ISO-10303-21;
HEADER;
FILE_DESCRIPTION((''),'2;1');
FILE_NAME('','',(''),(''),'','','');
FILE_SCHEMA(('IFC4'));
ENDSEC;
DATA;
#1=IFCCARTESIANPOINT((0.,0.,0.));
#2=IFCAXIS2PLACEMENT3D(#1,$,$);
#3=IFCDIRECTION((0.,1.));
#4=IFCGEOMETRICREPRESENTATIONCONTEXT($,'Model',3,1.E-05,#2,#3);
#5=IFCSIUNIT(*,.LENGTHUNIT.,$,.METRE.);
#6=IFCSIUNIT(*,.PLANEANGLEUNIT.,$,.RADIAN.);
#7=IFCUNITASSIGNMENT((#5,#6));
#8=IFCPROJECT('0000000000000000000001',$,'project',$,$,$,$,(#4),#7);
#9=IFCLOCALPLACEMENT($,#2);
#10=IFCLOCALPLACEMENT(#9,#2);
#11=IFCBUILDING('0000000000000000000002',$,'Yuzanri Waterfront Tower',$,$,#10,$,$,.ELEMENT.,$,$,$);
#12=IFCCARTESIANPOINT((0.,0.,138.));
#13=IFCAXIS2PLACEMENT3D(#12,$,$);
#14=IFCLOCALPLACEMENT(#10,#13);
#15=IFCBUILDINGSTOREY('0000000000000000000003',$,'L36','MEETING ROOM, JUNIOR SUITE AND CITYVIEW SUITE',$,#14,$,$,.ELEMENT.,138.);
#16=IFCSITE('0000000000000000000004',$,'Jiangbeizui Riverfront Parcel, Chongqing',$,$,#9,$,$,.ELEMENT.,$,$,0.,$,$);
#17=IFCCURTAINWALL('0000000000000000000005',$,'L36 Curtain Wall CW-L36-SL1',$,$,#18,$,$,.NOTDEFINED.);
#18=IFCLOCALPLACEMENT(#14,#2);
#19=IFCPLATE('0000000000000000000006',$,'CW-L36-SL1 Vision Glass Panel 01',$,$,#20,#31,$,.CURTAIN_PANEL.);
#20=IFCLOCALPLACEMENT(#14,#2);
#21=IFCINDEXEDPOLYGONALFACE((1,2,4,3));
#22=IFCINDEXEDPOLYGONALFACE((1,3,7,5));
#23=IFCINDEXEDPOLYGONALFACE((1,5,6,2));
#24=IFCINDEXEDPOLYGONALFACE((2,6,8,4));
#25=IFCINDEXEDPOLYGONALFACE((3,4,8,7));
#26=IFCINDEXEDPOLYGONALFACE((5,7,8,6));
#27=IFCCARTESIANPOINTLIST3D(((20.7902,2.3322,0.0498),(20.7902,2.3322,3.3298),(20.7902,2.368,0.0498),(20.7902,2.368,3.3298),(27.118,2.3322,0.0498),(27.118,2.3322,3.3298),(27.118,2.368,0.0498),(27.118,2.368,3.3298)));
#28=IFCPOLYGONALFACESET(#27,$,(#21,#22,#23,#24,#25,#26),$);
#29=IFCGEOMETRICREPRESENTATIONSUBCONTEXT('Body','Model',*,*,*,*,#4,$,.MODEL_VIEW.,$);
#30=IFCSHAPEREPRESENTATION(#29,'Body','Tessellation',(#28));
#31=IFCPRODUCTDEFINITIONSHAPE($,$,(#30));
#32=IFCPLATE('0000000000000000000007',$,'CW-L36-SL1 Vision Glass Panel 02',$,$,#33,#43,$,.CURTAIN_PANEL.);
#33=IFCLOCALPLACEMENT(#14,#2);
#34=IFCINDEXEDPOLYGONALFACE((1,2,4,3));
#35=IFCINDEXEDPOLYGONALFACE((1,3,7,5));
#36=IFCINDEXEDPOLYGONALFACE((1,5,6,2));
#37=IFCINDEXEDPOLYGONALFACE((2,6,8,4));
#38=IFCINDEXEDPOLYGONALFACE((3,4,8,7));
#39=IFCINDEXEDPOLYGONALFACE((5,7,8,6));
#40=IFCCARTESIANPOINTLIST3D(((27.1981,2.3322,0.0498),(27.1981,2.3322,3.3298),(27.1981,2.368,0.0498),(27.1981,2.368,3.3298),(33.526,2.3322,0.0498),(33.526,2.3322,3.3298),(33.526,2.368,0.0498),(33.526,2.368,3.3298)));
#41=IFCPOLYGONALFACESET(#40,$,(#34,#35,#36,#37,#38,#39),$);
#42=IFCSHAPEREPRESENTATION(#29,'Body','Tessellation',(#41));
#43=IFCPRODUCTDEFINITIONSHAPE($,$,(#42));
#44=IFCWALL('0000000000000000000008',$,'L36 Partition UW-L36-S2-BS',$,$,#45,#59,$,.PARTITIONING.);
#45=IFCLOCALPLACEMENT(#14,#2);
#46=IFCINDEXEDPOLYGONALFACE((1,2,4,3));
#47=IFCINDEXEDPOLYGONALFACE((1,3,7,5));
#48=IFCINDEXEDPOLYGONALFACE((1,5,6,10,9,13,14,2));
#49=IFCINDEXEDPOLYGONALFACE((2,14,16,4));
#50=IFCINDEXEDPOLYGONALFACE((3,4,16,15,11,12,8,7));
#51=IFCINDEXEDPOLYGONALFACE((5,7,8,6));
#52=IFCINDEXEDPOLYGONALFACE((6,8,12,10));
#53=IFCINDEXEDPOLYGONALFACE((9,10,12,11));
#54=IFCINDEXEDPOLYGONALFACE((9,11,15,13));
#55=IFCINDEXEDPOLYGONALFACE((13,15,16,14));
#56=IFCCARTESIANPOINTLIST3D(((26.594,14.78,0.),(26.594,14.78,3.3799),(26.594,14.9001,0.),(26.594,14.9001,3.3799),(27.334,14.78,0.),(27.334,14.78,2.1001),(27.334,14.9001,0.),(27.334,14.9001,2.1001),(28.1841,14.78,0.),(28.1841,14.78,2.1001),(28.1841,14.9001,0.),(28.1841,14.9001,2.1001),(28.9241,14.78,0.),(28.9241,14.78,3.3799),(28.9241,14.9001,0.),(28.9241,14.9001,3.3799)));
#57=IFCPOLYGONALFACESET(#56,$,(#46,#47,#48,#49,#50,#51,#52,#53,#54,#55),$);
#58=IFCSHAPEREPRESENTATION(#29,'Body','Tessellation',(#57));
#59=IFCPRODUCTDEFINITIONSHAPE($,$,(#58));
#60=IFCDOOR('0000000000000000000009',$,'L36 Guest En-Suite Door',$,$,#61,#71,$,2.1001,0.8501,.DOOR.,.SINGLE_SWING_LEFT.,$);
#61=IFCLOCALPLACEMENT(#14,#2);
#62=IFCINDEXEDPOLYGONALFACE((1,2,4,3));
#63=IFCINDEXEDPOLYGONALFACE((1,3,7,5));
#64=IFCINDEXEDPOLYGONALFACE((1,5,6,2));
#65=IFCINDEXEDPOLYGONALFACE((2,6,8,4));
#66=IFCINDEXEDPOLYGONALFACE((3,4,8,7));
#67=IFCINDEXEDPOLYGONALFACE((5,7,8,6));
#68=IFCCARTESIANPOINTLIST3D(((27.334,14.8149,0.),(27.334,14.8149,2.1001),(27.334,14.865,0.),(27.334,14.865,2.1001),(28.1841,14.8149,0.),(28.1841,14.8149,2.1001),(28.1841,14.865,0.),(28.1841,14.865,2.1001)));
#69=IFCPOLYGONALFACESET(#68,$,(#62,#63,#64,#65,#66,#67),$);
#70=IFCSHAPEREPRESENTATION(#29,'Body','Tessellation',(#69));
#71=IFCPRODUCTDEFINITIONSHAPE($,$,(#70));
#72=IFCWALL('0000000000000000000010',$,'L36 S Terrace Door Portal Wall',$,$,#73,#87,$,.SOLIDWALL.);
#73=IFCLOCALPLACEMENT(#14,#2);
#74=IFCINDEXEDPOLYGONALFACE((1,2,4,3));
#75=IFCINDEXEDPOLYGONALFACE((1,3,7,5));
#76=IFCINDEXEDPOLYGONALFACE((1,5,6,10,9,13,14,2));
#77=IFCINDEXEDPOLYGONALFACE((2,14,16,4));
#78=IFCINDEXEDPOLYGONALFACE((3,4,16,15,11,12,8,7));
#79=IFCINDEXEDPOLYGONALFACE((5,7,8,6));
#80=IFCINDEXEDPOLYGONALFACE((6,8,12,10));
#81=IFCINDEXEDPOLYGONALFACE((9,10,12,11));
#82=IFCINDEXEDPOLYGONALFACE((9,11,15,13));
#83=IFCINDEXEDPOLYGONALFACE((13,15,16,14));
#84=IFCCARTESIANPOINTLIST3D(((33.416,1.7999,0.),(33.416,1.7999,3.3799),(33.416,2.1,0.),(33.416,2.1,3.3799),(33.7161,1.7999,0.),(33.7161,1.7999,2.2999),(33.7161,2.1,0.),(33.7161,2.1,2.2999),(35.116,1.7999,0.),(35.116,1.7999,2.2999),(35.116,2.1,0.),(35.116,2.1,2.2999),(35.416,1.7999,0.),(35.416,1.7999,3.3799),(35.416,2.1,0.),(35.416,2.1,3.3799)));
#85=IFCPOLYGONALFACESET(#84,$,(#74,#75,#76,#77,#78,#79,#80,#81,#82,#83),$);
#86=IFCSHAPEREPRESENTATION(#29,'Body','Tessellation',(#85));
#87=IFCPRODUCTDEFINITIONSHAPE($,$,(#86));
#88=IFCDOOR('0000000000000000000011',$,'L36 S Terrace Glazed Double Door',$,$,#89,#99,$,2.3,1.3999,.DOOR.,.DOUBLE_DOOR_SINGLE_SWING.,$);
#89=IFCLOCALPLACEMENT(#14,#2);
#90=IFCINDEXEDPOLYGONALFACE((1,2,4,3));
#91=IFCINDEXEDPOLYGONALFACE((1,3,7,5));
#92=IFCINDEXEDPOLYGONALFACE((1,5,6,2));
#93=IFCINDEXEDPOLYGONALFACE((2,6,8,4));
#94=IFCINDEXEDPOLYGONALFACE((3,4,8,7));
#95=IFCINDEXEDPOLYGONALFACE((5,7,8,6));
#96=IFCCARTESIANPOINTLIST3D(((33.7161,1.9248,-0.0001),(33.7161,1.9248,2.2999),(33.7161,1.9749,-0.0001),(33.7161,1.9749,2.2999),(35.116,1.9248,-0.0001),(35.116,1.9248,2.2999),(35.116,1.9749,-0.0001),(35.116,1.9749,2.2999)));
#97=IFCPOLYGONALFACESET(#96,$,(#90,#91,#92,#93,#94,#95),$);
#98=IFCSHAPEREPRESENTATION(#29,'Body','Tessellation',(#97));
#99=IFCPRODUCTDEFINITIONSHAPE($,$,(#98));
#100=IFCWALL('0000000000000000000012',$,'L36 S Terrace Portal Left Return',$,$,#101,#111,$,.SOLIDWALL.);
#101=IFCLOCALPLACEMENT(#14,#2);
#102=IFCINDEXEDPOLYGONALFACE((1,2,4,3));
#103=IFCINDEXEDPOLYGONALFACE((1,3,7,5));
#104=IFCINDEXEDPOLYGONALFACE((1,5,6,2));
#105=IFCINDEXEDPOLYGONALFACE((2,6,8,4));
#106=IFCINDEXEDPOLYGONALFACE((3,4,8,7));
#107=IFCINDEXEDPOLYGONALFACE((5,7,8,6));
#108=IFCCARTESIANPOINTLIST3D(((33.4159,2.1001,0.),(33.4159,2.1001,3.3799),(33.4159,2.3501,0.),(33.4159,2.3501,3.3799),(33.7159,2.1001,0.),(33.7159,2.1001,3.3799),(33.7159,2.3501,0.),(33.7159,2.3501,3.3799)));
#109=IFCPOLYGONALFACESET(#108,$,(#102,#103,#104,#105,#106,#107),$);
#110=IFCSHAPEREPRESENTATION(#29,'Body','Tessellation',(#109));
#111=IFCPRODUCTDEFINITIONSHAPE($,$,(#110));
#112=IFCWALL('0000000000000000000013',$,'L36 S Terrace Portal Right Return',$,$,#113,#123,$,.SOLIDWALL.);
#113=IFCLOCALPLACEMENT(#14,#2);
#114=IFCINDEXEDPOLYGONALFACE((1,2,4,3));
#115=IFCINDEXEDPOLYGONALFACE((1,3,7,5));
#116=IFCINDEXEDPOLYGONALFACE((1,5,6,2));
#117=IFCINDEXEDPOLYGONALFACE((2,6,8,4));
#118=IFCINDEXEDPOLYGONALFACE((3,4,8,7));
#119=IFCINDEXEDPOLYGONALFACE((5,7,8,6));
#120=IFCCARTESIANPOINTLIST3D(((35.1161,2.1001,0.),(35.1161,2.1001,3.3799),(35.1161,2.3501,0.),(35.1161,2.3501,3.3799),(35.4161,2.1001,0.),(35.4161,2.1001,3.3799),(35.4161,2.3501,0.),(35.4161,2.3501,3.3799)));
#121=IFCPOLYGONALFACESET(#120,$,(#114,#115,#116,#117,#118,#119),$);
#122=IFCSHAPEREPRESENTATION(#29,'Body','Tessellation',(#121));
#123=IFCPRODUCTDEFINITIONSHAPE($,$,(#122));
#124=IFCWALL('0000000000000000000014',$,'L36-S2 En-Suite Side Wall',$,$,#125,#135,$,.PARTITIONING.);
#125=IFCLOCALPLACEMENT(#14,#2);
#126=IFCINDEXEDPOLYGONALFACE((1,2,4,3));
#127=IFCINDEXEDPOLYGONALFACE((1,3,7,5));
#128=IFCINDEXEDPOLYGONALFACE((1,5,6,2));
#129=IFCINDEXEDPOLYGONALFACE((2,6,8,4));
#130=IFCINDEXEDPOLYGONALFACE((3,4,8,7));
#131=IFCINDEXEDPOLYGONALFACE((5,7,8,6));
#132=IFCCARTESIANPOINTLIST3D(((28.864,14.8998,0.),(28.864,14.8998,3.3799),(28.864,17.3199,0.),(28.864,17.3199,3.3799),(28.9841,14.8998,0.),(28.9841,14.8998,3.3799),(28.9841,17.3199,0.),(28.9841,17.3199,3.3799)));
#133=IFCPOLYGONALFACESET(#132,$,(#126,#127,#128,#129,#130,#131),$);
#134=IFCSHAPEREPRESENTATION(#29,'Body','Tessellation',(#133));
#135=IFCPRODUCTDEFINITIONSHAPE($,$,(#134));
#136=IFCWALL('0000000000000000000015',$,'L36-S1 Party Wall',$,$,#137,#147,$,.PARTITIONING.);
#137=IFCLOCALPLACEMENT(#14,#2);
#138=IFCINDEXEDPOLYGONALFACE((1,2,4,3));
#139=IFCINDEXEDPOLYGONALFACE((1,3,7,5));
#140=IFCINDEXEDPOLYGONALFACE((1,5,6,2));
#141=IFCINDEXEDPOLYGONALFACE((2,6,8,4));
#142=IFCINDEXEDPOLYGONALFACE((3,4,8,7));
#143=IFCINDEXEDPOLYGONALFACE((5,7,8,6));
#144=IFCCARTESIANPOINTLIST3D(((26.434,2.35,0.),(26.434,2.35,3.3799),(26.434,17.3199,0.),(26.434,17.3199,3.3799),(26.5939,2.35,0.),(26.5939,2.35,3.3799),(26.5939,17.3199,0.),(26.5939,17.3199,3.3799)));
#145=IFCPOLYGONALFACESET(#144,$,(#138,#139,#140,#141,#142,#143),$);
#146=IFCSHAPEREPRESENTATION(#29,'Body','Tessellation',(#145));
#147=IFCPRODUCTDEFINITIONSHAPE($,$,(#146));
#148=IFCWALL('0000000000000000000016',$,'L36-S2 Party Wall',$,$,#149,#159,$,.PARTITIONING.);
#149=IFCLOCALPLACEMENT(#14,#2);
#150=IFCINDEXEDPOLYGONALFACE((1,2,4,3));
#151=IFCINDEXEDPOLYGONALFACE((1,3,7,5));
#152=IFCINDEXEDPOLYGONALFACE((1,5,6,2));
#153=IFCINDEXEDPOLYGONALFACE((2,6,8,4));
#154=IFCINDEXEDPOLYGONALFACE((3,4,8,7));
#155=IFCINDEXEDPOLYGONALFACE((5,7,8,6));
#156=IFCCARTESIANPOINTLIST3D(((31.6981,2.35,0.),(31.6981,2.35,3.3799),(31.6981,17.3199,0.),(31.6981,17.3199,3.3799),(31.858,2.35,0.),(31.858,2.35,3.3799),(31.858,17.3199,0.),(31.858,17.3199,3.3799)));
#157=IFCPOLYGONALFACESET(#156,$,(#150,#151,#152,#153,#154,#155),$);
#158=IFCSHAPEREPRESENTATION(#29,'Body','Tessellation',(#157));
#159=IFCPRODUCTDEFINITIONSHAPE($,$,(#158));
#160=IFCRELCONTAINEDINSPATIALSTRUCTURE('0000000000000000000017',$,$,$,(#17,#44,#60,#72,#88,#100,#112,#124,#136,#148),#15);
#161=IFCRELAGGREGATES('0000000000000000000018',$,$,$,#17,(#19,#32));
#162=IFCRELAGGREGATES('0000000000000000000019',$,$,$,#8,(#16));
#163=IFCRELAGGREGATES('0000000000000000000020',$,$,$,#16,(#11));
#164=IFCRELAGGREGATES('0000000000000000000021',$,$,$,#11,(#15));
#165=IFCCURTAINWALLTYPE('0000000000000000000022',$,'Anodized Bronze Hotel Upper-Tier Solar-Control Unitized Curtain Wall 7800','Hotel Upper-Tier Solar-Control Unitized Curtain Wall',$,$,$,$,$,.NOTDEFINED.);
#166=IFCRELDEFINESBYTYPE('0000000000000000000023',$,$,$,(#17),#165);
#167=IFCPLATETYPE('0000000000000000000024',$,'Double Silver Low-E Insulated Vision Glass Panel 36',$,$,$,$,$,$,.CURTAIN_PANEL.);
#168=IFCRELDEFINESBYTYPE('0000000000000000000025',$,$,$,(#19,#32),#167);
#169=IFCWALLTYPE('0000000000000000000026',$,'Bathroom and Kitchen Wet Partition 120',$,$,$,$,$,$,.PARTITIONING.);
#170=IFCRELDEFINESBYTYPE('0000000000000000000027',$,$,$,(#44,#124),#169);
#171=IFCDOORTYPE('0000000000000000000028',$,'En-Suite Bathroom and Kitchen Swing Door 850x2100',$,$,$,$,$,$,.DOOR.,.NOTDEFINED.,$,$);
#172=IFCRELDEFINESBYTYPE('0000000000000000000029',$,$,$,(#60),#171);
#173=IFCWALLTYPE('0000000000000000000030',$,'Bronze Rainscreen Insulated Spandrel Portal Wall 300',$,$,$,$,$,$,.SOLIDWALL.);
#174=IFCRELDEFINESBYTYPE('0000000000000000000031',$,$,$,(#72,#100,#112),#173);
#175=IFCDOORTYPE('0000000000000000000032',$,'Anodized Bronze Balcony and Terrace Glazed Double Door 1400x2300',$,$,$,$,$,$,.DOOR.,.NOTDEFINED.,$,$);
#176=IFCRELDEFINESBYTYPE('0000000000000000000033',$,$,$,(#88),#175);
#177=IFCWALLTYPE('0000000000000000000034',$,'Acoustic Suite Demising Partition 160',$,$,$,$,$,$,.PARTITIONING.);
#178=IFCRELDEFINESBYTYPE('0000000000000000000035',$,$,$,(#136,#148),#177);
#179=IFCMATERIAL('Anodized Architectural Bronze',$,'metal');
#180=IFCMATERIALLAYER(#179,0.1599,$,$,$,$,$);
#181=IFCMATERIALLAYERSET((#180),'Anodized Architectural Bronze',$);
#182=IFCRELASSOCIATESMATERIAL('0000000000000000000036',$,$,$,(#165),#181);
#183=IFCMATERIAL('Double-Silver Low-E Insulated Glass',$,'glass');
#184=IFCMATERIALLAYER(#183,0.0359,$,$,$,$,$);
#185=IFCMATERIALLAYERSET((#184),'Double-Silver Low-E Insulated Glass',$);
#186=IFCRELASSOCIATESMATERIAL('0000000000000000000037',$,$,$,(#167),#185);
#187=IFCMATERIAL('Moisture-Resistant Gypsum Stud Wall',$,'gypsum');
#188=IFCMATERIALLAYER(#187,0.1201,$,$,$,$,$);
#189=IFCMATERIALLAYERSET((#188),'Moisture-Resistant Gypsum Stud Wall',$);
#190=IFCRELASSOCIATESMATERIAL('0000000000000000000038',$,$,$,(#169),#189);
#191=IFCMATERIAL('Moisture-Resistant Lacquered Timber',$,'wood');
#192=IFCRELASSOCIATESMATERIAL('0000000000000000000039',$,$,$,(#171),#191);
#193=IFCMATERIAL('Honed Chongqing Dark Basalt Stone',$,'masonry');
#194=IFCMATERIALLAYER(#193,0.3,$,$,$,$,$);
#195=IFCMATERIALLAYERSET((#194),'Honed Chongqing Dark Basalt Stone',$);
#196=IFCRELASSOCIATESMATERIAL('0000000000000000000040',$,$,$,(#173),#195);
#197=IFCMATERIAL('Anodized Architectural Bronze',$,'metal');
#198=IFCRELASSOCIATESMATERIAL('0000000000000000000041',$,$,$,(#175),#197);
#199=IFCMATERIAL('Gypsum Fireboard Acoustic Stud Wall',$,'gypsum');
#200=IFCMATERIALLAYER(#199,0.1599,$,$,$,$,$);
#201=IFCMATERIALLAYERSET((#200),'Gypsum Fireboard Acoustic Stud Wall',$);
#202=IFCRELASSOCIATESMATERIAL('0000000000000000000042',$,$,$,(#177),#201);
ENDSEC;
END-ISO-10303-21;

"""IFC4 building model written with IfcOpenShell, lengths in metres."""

from ifc_helpers import new_model, si_unit, direction, frame, frame_2d, origin, origin_2d, place, context, subcontext, project, spatial, rectangle, extrude, source, transform, mapped, material, layer, layer_set, type_object, element, fill, aggregate, save


model = new_model("IFC4")

# Units and contexts
model_context = context("Model", 3, precision=1e-05, world=origin(), true_north=direction((0.0, 1.0)))
body_context = subcontext(model_context, "Body", "Model", "MODEL_VIEW")
ifc_project = project(units=[si_unit("LENGTHUNIT", "METRE"), si_unit("PLANEANGLEUNIT", "RADIAN")], contexts=[model_context])

# Site, building, storey
site_placement = place(None, origin())
site = spatial("IfcSite", under=ifc_project, at=site_placement, Name="Jiangbeizui Riverfront Parcel, Chongqing", CompositionType="ELEMENT", RefElevation=0.0)
building_placement = place(site_placement, origin())
building = spatial("IfcBuilding", under=site, at=building_placement, Name="Yuzanri Waterfront Tower", CompositionType="ELEMENT")
storey_placement = place(building_placement, frame((0.0, 0.0, 138.0)))
storey = spatial("IfcBuildingStorey", under=building, at=storey_placement, Name="L36", Description="MEETING ROOM, JUNIOR SUITE AND CITYVIEW SUITE", CompositionType="ELEMENT", Elevation=138.0)

# Curtain wall
ifc_material_1 = material(Name="Anodized Architectural Bronze", Category="metal")
ifc_layer_1 = layer(ifc_material_1, 0.1599)
ifc_layer_set_1 = layer_set([ifc_layer_1], Name="Anodized Architectural Bronze")
curtain_wall_type = type_object("IfcCurtainWallType", Name="Anodized Bronze Hotel Upper-Tier Solar-Control Unitized Curtain Wall 7800", Description="Hotel Upper-Tier Solar-Control Unitized Curtain Wall", PredefinedType="NOTDEFINED", material=ifc_layer_set_1)
curtain_wall_1_placement = place(storey_placement, origin())
curtain_wall_1 = element("IfcCurtainWall", 1, at=curtain_wall_1_placement, inside=storey, type_object=curtain_wall_type, Name="L36 Curtain Wall CW-L36-SL1", PredefinedType="NOTDEFINED")

# Plates
ifc_material_2 = material(Name="Double-Silver Low-E Insulated Glass", Category="glass")
ifc_layer_2 = layer(ifc_material_2, 0.0359)
ifc_layer_set_2 = layer_set([ifc_layer_2], Name="Double-Silver Low-E Insulated Glass")
plate_type = type_object("IfcPlateType", Name="Double Silver Low-E Insulated Vision Glass Panel 36", PredefinedType="CURTAIN_PANEL", material=ifc_layer_set_2)
shared_shape_1 = source(origin(), body_context, "Body", "SweptSolid", [
    extrude(rectangle(XDim=6.3279, YDim=0.0359, at=origin_2d()), origin(), (0.0, 0.0, 1.0), 3.28),
])
plate_1_placement = place(storey_placement, frame((23.9541, 2.3501, 0.0498), z_axis=(0.0, 0.0, 1.0), x_axis=(1.0, 0.0, 0.0)))
plate_1 = element("IfcPlate", 2, at=plate_1_placement, type_object=plate_type, Name="CW-L36-SL1 Vision Glass Panel 01", PredefinedType="CURTAIN_PANEL", context=body_context, shape_type="MappedRepresentation", body=[
    mapped(shared_shape_1, transform((0.0, 0.0, 0.0), scale=1.0)),
])
plate_2_placement = place(storey_placement, frame((30.3621, 2.3501, 0.0498), z_axis=(0.0, 0.0, 1.0), x_axis=(1.0, 0.0, 0.0)))
plate_2 = element("IfcPlate", 3, at=plate_2_placement, type_object=plate_type, Name="CW-L36-SL1 Vision Glass Panel 02", PredefinedType="CURTAIN_PANEL", context=body_context, shape_type="MappedRepresentation", body=[
    mapped(shared_shape_1, transform((0.0, 0.0, 0.0), scale=1.0)),
])
aggregate(curtain_wall_1, [plate_1, plate_2])

# Walls, openings, doors
ifc_material_3 = material(Name="Moisture-Resistant Gypsum Stud Wall", Category="gypsum")
ifc_layer_3 = layer(ifc_material_3, 0.1201)
ifc_layer_set_3 = layer_set([ifc_layer_3], Name="Moisture-Resistant Gypsum Stud Wall")
wall_type_1 = type_object("IfcWallType", Name="Bathroom and Kitchen Wet Partition 120", PredefinedType="PARTITIONING", material=ifc_layer_set_3)
wall_1_placement = place(storey_placement, frame((26.594, 14.8401, 0.0), z_axis=(0.0, 0.0, 1.0), x_axis=(1.0, 0.0, 0.0)))
wall_1 = element("IfcWall", 4, at=wall_1_placement, inside=storey, type_object=wall_type_1, Name="L36 Partition UW-L36-S2-BS", PredefinedType="PARTITIONING", context=body_context, shape_type="SweptSolid", body=[
    extrude(rectangle(XDim=2.3301, YDim=0.1201, at=frame_2d((1.165, 0.0))), origin(), (0.0, 0.0, 1.0), 3.3799),
])
opening_1_placement = place(wall_1_placement, frame((0.74, 0.0, 0.0)))
opening_1 = element("IfcOpeningElement", 5, at=opening_1_placement, cuts=wall_1, PredefinedType="OPENING", context=body_context, shape_type="SweptSolid", body=[
    extrude(rectangle(XDim=0.8501, YDim=2.1001, at=frame_2d((0.425, 1.05))), frame((0.0, 0.075, 0.0), z_axis=(0.0, -1.0, 0.0), x_axis=(1.0, 0.0, 0.0)), (0.0, 0.0, 1.0), 0.1499),
])
ifc_material_4 = material(Name="Moisture-Resistant Lacquered Timber", Category="wood")
door_type_1 = type_object("IfcDoorType", Name="En-Suite Bathroom and Kitchen Swing Door 850x2100", OperationType="NOTDEFINED", PredefinedType="DOOR", material=ifc_material_4)
shared_shape_2 = source(origin(), body_context, "Body", "SweptSolid", [
    extrude(rectangle(XDim=0.8501, YDim=2.1001, at=frame_2d((0.425, 1.05))), frame((0.0, 0.0249, 0.0), z_axis=(0.0, -1.0, 0.0), x_axis=(1.0, 0.0, 0.0)), (0.0, 0.0, 1.0), 0.05),
])
door_1_placement = place(opening_1_placement, origin())
door_1 = element("IfcDoor", 6, at=door_1_placement, inside=storey, type_object=door_type_1, Name="L36 Guest En-Suite Door", OperationType="SINGLE_SWING_LEFT", OverallHeight=2.1001, OverallWidth=0.8501, PredefinedType="DOOR", context=body_context, shape_type="MappedRepresentation", body=[
    mapped(shared_shape_2, transform((0.0, 0.0, 0.0), scale=1.0)),
])
fill(opening_1, door_1)
ifc_material_5 = material(Name="Honed Chongqing Dark Basalt Stone", Category="masonry")
ifc_layer_4 = layer(ifc_material_5, 0.3)
ifc_layer_set_4 = layer_set([ifc_layer_4], Name="Honed Chongqing Dark Basalt Stone")
wall_type_2 = type_object("IfcWallType", Name="Bronze Rainscreen Insulated Spandrel Portal Wall 300", PredefinedType="SOLIDWALL", material=ifc_layer_set_4)
wall_2_placement = place(storey_placement, frame((33.416, 1.95, 0.0), z_axis=(0.0, 0.0, 1.0), x_axis=(1.0, 0.0, 0.0)))
wall_2 = element("IfcWall", 7, at=wall_2_placement, inside=storey, type_object=wall_type_2, Name="L36 S Terrace Door Portal Wall", PredefinedType="SOLIDWALL", context=body_context, shape_type="SweptSolid", body=[
    extrude(rectangle(XDim=2.0, YDim=0.3, at=frame_2d((1.0, 0.0))), origin(), (0.0, 0.0, 1.0), 3.3799),
])
opening_2_placement = place(wall_2_placement, frame((0.3, 0.0, 0.0)))
opening_2 = element("IfcOpeningElement", 8, at=opening_2_placement, cuts=wall_2, PredefinedType="OPENING", context=body_context, shape_type="SweptSolid", body=[
    extrude(rectangle(XDim=1.3999, YDim=2.3, at=frame_2d((0.7, 1.1499))), frame((0.0, 0.165, 0.0), z_axis=(0.0, -1.0, 0.0), x_axis=(1.0, 0.0, 0.0)), (0.0, 0.0, 1.0), 0.3298),
])
ifc_material_6 = material(Name="Anodized Architectural Bronze", Category="metal")
door_type_2 = type_object("IfcDoorType", Name="Anodized Bronze Balcony and Terrace Glazed Double Door 1400x2300", OperationType="NOTDEFINED", PredefinedType="DOOR", material=ifc_material_6)
shared_shape_3 = source(origin(), body_context, "Body", "SweptSolid", [
    extrude(rectangle(XDim=1.3999, YDim=2.3, at=frame_2d((0.7, 1.1499))), frame((0.0, 0.0249, 0.0), z_axis=(0.0, -1.0, 0.0), x_axis=(1.0, 0.0, 0.0)), (0.0, 0.0, 1.0), 0.05),
])
door_2_placement = place(opening_2_placement, origin())
door_2 = element("IfcDoor", 9, at=door_2_placement, inside=storey, type_object=door_type_2, Name="L36 S Terrace Glazed Double Door", OperationType="DOUBLE_DOOR_SINGLE_SWING", OverallHeight=2.3, OverallWidth=1.3999, PredefinedType="DOOR", context=body_context, shape_type="MappedRepresentation", body=[
    mapped(shared_shape_3, transform((0.0, 0.0, 0.0), scale=1.0)),
])
fill(opening_2, door_2)

# Walls
shared_shape_4 = source(origin(), body_context, "Body", "SweptSolid", [
    extrude(rectangle(XDim=0.25, YDim=0.3, at=frame_2d((0.125, 0.0))), origin(), (0.0, 0.0, 1.0), 3.3799),
])
for number, where, z_axis, x_axis, name in (
    (10, (33.5659, 2.3501, 0.0), (0.0, 0.0, 1.0), (0.0, -1.0, 0.0), "L36 S Terrace Portal Left Return"),
    (11, (35.2661, 2.1001, 0.0), (0.0, 0.0, 1.0), (0.0, 1.0, 0.0), "L36 S Terrace Portal Right Return"),
):
    element("IfcWall", number, at=place(storey_placement, frame(where, z_axis=z_axis, x_axis=x_axis)), inside=storey, type_object=wall_type_2, Name=name, PredefinedType="SOLIDWALL", context=body_context, shape_type="MappedRepresentation", body=[
        mapped(shared_shape_4, transform((0.0, 0.0, 0.0), scale=1.0)),
    ])
shared_shape_5 = source(origin(), body_context, "Body", "SweptSolid", [
    extrude(rectangle(XDim=2.4202, YDim=0.1201, at=frame_2d((1.21, 0.0))), origin(), (0.0, 0.0, 1.0), 3.3799),
])
wall_3_placement = place(storey_placement, frame((28.9241, 14.8999, 0.0), z_axis=(0.0, 0.0, 1.0), x_axis=(0.0, 1.0, 0.0)))
element("IfcWall", 12, at=wall_3_placement, inside=storey, type_object=wall_type_1, Name="L36-S2 En-Suite Side Wall", PredefinedType="PARTITIONING", context=body_context, shape_type="MappedRepresentation", body=[
    mapped(shared_shape_5, transform((0.0, 0.0, 0.0), scale=1.0)),
])
ifc_material_7 = material(Name="Gypsum Fireboard Acoustic Stud Wall", Category="gypsum")
ifc_layer_5 = layer(ifc_material_7, 0.1599)
ifc_layer_set_5 = layer_set([ifc_layer_5], Name="Gypsum Fireboard Acoustic Stud Wall")
wall_type_3 = type_object("IfcWallType", Name="Acoustic Suite Demising Partition 160", PredefinedType="PARTITIONING", material=ifc_layer_set_5)
shared_shape_6 = source(origin(), body_context, "Body", "SweptSolid", [
    extrude(rectangle(XDim=14.97, YDim=0.1599, at=frame_2d((7.4849, 0.0))), origin(), (0.0, 0.0, 1.0), 3.3799),
])
for number, where, z_axis, x_axis, name in (
    (13, (26.5139, 2.3501, 0.0), (0.0, 0.0, 1.0), (0.0, 1.0, 0.0), "L36-S1 Party Wall"),
    (14, (31.7781, 2.3501, 0.0), (0.0, 0.0, 1.0), (0.0, 1.0, 0.0), "L36-S2 Party Wall"),
):
    element("IfcWall", number, at=place(storey_placement, frame(where, z_axis=z_axis, x_axis=x_axis)), inside=storey, type_object=wall_type_3, Name=name, PredefinedType="PARTITIONING", context=body_context, shape_type="MappedRepresentation", body=[
        mapped(shared_shape_6, transform((0.0, 0.0, 0.0), scale=1.0)),
    ])

save(model, "model.ifc")
